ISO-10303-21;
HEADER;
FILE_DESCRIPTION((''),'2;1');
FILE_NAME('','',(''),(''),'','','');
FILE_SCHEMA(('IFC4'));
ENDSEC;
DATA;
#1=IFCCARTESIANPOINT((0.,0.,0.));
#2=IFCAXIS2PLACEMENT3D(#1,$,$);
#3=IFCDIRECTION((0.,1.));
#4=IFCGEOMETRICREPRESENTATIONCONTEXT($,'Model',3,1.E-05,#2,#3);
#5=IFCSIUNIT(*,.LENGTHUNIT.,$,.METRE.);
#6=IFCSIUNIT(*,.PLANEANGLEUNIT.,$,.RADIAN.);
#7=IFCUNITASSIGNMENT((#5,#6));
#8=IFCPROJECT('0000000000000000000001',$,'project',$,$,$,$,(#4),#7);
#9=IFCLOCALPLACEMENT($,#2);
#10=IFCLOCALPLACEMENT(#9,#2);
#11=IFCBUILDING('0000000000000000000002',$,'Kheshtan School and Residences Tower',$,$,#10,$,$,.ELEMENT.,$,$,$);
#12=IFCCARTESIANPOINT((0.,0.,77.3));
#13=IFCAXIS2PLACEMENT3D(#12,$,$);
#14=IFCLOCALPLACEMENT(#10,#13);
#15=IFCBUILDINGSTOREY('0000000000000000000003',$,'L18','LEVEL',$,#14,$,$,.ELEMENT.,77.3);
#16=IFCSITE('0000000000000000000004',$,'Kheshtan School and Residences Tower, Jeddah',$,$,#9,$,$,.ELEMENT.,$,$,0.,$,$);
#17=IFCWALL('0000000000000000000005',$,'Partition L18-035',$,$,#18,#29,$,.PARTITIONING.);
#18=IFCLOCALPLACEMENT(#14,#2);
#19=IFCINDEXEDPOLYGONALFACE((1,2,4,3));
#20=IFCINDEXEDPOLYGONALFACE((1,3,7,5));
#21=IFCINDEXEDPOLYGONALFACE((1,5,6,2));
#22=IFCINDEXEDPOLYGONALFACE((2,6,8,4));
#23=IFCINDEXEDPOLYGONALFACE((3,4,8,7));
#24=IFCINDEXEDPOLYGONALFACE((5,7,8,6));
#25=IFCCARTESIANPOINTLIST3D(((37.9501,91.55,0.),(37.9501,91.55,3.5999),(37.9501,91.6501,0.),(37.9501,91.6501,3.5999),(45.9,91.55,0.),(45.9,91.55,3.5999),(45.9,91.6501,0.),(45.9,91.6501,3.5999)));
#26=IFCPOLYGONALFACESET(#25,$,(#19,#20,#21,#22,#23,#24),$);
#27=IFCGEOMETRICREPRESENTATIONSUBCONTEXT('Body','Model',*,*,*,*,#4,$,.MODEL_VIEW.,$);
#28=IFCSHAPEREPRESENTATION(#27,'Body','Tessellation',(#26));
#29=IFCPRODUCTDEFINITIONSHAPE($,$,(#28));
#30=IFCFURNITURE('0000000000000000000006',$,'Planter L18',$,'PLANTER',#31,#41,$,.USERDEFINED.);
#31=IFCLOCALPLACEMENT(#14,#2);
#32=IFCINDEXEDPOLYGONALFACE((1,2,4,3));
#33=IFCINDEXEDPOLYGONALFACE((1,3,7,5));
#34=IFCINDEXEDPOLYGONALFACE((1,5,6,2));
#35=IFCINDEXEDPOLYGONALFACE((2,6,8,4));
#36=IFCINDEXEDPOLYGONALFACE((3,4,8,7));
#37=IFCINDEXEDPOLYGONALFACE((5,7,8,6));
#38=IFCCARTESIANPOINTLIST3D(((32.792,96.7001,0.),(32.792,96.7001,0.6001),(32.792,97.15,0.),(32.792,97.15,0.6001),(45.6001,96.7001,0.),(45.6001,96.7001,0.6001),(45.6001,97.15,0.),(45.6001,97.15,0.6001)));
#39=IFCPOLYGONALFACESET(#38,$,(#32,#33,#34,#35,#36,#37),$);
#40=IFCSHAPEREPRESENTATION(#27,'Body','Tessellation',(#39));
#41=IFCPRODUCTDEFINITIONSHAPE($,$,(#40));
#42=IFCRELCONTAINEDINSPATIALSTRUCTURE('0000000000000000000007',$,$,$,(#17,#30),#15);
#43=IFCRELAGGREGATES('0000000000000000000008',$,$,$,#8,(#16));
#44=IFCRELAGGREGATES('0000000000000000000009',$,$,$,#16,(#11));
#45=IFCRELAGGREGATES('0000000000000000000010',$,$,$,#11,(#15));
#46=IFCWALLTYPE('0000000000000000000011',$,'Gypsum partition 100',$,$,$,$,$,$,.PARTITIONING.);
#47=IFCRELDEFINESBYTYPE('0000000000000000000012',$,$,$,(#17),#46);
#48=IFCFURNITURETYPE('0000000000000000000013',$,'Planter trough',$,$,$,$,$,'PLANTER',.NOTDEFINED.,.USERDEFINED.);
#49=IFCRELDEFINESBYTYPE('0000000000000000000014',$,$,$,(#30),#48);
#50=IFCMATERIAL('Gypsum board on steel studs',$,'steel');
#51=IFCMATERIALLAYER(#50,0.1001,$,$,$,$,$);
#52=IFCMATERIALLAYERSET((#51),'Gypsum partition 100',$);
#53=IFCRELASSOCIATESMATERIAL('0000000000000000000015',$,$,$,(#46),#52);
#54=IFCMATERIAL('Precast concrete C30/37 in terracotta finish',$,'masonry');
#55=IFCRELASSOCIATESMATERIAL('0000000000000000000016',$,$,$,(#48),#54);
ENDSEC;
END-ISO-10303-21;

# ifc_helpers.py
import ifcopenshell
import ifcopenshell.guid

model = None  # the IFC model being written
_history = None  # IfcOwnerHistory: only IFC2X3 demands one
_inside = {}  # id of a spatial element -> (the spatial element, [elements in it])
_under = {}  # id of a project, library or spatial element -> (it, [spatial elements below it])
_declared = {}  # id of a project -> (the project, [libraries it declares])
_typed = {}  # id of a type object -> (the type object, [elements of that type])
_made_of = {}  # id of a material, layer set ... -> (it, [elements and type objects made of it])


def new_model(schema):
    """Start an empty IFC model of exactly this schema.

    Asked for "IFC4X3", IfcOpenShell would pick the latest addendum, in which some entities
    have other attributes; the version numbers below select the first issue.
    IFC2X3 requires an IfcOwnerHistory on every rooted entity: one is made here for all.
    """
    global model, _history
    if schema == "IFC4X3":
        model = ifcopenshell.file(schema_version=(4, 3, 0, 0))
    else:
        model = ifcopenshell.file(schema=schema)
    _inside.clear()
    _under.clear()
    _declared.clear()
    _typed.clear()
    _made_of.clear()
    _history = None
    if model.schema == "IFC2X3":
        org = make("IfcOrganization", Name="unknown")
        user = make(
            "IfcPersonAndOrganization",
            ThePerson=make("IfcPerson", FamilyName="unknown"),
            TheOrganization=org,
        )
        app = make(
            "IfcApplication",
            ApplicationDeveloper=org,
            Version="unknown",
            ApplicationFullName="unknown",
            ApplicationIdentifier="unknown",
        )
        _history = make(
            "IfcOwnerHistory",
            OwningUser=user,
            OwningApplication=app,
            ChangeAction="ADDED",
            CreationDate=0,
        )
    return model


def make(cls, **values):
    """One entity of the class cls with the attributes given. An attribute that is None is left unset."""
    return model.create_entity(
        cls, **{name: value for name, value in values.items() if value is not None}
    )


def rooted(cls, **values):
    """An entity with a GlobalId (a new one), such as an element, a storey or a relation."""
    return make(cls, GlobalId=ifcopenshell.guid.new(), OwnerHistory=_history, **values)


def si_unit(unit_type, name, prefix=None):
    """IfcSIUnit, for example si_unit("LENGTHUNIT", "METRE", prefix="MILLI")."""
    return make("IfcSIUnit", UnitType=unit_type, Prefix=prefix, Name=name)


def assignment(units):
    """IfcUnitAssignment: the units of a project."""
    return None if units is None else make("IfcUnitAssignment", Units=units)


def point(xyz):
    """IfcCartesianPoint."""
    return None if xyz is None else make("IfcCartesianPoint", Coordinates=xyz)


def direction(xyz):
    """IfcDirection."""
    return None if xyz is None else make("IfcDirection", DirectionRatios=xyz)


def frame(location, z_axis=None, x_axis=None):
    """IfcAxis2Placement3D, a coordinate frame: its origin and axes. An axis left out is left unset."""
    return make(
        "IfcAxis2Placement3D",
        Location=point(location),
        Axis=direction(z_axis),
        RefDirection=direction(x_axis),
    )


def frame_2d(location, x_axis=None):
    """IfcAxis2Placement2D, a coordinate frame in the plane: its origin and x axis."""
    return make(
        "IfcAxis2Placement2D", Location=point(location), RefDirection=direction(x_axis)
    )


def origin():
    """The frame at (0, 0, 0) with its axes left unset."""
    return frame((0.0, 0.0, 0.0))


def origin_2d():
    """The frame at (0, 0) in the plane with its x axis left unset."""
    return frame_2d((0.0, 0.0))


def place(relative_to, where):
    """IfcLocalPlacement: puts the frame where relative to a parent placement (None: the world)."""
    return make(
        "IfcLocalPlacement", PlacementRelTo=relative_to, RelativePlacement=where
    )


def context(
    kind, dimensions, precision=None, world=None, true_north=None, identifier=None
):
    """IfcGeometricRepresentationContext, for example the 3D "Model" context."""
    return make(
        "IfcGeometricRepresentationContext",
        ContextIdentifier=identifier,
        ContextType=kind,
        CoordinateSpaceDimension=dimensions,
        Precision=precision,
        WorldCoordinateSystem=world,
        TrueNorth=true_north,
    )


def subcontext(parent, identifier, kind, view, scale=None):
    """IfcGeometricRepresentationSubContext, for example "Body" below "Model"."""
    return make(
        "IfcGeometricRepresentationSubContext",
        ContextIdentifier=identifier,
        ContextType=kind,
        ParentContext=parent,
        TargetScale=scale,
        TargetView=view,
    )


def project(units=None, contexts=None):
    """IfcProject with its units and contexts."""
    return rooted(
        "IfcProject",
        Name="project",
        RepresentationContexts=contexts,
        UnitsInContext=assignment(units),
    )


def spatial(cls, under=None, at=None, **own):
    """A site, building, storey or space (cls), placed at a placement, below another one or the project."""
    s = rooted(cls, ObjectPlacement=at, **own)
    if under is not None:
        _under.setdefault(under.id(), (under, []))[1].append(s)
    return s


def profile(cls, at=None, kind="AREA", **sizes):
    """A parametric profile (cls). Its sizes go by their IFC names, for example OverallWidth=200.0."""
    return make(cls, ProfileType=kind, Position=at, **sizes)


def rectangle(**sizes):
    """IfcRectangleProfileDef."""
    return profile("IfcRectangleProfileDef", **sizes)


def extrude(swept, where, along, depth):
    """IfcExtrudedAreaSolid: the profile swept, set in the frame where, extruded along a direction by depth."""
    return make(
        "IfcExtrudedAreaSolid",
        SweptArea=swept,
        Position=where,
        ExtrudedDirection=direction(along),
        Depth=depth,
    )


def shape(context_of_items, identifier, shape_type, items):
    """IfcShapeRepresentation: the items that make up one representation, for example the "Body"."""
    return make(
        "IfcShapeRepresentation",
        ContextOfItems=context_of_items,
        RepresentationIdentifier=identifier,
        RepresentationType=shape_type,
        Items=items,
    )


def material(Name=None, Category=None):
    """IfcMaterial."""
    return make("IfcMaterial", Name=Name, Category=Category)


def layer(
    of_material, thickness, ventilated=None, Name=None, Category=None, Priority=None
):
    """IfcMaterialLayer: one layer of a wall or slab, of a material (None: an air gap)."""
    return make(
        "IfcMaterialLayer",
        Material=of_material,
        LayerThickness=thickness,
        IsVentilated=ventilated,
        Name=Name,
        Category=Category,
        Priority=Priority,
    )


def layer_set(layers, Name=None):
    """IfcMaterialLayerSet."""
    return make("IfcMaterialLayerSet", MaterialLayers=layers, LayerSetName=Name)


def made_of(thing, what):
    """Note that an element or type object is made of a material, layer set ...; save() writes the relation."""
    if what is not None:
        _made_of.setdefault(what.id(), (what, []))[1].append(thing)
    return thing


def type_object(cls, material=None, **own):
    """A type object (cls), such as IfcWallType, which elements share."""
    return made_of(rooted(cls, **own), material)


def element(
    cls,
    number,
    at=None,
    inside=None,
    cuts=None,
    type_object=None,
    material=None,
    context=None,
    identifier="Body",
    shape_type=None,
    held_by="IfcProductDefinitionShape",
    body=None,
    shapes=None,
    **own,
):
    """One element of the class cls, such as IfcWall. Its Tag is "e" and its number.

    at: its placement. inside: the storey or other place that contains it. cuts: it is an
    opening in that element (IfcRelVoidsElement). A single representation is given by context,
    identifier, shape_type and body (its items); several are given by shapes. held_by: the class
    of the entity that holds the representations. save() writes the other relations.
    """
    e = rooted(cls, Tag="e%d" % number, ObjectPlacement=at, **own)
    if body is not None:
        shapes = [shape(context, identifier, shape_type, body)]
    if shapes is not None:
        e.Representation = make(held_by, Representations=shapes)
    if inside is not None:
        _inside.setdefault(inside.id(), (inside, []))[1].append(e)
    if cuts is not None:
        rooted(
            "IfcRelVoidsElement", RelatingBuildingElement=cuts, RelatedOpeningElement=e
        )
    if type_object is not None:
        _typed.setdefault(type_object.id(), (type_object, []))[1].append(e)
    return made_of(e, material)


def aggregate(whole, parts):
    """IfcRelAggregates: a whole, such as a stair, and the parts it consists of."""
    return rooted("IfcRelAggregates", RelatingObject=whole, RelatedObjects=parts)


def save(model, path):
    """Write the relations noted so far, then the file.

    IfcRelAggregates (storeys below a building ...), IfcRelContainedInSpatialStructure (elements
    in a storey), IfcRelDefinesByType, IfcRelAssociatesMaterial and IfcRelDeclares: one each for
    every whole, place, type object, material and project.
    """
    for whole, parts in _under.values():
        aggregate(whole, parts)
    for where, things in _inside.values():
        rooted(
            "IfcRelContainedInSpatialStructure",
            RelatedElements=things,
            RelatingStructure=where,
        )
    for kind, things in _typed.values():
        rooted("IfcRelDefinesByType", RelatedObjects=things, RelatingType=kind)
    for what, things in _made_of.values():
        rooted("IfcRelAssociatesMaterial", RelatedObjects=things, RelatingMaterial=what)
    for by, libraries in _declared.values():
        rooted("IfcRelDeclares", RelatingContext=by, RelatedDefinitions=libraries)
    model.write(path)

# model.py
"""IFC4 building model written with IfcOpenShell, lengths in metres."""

from ifc_helpers import new_model, si_unit, direction, frame, frame_2d, origin, origin_2d, place, context, subcontext, project, spatial, rectangle, extrude, material, layer, layer_set, type_object, element, save


model = new_model("IFC4")

# Units and contexts
model_context = context("Model", 3, precision=1e-05, world=origin(), true_north=direction((0.0, 1.0)))
body_context = subcontext(model_context, "Body", "Model", "MODEL_VIEW")
ifc_project = project(units=[si_unit("LENGTHUNIT", "METRE"), si_unit("PLANEANGLEUNIT", "RADIAN")], contexts=[model_context])

# Site, building, storey
site_placement = place(None, origin())
site = spatial("IfcSite", under=ifc_project, at=site_placement, Name="Kheshtan School and Residences Tower, Jeddah", CompositionType="ELEMENT", RefElevation=0.0)
building_placement = place(site_placement, origin())
building = spatial("IfcBuilding", under=site, at=building_placement, Name="Kheshtan School and Residences Tower", CompositionType="ELEMENT")
storey_placement = place(building_placement, frame((0.0, 0.0, 77.3)))
storey = spatial("IfcBuildingStorey", under=building, at=storey_placement, Name="L18", Description="LEVEL", CompositionType="ELEMENT", Elevation=77.3)

# Shared definitions
ifc_material_1 = material(Name="Gypsum board on steel studs", Category="steel")
ifc_layer_1 = layer(ifc_material_1, 0.1001)
ifc_layer_set_1 = layer_set([ifc_layer_1], Name="Gypsum partition 100")
wall_type_1 = type_object("IfcWallType", Name="Gypsum partition 100", PredefinedType="PARTITIONING", material=ifc_layer_set_1)

# Wall
wall_1_placement = place(storey_placement, frame((37.95, 91.6001, 0.0), z_axis=(0.0, 0.0, 1.0), x_axis=(1.0, 0.0, 0.0)))
element("IfcWall", 1, at=wall_1_placement, inside=storey, type_object=wall_type_1, Name="Partition L18-035", PredefinedType="PARTITIONING", context=body_context, shape_type="SweptSolid", body=[
    extrude(rectangle(XDim=7.95, YDim=0.1001, at=frame_2d((3.9751, 0.0))), origin(), (0.0, 0.0, 1.0), 3.5999),
])

# Furniture
ifc_material_2 = material(Name="Precast concrete C30/37 in terracotta finish", Category="masonry")
furniture_type = type_object("IfcFurnitureType", Name="Planter trough", ElementType="PLANTER", AssemblyPlace="NOTDEFINED", PredefinedType="USERDEFINED", material=ifc_material_2)
furniture_placement = place(storey_placement, frame((39.196, 96.925, 0.0), z_axis=(0.0, 0.0, 1.0), x_axis=(1.0, 0.0, 0.0)))
element("IfcFurniture", 2, at=furniture_placement, inside=storey, type_object=furniture_type, Name="Planter L18", ObjectType="PLANTER", PredefinedType="USERDEFINED", context=body_context, shape_type="SweptSolid", body=[
    extrude(rectangle(XDim=12.8081, YDim=0.45, at=origin_2d()), origin(), (0.0, 0.0, 1.0), 0.6001),
])

save(model, "model.ifc")
